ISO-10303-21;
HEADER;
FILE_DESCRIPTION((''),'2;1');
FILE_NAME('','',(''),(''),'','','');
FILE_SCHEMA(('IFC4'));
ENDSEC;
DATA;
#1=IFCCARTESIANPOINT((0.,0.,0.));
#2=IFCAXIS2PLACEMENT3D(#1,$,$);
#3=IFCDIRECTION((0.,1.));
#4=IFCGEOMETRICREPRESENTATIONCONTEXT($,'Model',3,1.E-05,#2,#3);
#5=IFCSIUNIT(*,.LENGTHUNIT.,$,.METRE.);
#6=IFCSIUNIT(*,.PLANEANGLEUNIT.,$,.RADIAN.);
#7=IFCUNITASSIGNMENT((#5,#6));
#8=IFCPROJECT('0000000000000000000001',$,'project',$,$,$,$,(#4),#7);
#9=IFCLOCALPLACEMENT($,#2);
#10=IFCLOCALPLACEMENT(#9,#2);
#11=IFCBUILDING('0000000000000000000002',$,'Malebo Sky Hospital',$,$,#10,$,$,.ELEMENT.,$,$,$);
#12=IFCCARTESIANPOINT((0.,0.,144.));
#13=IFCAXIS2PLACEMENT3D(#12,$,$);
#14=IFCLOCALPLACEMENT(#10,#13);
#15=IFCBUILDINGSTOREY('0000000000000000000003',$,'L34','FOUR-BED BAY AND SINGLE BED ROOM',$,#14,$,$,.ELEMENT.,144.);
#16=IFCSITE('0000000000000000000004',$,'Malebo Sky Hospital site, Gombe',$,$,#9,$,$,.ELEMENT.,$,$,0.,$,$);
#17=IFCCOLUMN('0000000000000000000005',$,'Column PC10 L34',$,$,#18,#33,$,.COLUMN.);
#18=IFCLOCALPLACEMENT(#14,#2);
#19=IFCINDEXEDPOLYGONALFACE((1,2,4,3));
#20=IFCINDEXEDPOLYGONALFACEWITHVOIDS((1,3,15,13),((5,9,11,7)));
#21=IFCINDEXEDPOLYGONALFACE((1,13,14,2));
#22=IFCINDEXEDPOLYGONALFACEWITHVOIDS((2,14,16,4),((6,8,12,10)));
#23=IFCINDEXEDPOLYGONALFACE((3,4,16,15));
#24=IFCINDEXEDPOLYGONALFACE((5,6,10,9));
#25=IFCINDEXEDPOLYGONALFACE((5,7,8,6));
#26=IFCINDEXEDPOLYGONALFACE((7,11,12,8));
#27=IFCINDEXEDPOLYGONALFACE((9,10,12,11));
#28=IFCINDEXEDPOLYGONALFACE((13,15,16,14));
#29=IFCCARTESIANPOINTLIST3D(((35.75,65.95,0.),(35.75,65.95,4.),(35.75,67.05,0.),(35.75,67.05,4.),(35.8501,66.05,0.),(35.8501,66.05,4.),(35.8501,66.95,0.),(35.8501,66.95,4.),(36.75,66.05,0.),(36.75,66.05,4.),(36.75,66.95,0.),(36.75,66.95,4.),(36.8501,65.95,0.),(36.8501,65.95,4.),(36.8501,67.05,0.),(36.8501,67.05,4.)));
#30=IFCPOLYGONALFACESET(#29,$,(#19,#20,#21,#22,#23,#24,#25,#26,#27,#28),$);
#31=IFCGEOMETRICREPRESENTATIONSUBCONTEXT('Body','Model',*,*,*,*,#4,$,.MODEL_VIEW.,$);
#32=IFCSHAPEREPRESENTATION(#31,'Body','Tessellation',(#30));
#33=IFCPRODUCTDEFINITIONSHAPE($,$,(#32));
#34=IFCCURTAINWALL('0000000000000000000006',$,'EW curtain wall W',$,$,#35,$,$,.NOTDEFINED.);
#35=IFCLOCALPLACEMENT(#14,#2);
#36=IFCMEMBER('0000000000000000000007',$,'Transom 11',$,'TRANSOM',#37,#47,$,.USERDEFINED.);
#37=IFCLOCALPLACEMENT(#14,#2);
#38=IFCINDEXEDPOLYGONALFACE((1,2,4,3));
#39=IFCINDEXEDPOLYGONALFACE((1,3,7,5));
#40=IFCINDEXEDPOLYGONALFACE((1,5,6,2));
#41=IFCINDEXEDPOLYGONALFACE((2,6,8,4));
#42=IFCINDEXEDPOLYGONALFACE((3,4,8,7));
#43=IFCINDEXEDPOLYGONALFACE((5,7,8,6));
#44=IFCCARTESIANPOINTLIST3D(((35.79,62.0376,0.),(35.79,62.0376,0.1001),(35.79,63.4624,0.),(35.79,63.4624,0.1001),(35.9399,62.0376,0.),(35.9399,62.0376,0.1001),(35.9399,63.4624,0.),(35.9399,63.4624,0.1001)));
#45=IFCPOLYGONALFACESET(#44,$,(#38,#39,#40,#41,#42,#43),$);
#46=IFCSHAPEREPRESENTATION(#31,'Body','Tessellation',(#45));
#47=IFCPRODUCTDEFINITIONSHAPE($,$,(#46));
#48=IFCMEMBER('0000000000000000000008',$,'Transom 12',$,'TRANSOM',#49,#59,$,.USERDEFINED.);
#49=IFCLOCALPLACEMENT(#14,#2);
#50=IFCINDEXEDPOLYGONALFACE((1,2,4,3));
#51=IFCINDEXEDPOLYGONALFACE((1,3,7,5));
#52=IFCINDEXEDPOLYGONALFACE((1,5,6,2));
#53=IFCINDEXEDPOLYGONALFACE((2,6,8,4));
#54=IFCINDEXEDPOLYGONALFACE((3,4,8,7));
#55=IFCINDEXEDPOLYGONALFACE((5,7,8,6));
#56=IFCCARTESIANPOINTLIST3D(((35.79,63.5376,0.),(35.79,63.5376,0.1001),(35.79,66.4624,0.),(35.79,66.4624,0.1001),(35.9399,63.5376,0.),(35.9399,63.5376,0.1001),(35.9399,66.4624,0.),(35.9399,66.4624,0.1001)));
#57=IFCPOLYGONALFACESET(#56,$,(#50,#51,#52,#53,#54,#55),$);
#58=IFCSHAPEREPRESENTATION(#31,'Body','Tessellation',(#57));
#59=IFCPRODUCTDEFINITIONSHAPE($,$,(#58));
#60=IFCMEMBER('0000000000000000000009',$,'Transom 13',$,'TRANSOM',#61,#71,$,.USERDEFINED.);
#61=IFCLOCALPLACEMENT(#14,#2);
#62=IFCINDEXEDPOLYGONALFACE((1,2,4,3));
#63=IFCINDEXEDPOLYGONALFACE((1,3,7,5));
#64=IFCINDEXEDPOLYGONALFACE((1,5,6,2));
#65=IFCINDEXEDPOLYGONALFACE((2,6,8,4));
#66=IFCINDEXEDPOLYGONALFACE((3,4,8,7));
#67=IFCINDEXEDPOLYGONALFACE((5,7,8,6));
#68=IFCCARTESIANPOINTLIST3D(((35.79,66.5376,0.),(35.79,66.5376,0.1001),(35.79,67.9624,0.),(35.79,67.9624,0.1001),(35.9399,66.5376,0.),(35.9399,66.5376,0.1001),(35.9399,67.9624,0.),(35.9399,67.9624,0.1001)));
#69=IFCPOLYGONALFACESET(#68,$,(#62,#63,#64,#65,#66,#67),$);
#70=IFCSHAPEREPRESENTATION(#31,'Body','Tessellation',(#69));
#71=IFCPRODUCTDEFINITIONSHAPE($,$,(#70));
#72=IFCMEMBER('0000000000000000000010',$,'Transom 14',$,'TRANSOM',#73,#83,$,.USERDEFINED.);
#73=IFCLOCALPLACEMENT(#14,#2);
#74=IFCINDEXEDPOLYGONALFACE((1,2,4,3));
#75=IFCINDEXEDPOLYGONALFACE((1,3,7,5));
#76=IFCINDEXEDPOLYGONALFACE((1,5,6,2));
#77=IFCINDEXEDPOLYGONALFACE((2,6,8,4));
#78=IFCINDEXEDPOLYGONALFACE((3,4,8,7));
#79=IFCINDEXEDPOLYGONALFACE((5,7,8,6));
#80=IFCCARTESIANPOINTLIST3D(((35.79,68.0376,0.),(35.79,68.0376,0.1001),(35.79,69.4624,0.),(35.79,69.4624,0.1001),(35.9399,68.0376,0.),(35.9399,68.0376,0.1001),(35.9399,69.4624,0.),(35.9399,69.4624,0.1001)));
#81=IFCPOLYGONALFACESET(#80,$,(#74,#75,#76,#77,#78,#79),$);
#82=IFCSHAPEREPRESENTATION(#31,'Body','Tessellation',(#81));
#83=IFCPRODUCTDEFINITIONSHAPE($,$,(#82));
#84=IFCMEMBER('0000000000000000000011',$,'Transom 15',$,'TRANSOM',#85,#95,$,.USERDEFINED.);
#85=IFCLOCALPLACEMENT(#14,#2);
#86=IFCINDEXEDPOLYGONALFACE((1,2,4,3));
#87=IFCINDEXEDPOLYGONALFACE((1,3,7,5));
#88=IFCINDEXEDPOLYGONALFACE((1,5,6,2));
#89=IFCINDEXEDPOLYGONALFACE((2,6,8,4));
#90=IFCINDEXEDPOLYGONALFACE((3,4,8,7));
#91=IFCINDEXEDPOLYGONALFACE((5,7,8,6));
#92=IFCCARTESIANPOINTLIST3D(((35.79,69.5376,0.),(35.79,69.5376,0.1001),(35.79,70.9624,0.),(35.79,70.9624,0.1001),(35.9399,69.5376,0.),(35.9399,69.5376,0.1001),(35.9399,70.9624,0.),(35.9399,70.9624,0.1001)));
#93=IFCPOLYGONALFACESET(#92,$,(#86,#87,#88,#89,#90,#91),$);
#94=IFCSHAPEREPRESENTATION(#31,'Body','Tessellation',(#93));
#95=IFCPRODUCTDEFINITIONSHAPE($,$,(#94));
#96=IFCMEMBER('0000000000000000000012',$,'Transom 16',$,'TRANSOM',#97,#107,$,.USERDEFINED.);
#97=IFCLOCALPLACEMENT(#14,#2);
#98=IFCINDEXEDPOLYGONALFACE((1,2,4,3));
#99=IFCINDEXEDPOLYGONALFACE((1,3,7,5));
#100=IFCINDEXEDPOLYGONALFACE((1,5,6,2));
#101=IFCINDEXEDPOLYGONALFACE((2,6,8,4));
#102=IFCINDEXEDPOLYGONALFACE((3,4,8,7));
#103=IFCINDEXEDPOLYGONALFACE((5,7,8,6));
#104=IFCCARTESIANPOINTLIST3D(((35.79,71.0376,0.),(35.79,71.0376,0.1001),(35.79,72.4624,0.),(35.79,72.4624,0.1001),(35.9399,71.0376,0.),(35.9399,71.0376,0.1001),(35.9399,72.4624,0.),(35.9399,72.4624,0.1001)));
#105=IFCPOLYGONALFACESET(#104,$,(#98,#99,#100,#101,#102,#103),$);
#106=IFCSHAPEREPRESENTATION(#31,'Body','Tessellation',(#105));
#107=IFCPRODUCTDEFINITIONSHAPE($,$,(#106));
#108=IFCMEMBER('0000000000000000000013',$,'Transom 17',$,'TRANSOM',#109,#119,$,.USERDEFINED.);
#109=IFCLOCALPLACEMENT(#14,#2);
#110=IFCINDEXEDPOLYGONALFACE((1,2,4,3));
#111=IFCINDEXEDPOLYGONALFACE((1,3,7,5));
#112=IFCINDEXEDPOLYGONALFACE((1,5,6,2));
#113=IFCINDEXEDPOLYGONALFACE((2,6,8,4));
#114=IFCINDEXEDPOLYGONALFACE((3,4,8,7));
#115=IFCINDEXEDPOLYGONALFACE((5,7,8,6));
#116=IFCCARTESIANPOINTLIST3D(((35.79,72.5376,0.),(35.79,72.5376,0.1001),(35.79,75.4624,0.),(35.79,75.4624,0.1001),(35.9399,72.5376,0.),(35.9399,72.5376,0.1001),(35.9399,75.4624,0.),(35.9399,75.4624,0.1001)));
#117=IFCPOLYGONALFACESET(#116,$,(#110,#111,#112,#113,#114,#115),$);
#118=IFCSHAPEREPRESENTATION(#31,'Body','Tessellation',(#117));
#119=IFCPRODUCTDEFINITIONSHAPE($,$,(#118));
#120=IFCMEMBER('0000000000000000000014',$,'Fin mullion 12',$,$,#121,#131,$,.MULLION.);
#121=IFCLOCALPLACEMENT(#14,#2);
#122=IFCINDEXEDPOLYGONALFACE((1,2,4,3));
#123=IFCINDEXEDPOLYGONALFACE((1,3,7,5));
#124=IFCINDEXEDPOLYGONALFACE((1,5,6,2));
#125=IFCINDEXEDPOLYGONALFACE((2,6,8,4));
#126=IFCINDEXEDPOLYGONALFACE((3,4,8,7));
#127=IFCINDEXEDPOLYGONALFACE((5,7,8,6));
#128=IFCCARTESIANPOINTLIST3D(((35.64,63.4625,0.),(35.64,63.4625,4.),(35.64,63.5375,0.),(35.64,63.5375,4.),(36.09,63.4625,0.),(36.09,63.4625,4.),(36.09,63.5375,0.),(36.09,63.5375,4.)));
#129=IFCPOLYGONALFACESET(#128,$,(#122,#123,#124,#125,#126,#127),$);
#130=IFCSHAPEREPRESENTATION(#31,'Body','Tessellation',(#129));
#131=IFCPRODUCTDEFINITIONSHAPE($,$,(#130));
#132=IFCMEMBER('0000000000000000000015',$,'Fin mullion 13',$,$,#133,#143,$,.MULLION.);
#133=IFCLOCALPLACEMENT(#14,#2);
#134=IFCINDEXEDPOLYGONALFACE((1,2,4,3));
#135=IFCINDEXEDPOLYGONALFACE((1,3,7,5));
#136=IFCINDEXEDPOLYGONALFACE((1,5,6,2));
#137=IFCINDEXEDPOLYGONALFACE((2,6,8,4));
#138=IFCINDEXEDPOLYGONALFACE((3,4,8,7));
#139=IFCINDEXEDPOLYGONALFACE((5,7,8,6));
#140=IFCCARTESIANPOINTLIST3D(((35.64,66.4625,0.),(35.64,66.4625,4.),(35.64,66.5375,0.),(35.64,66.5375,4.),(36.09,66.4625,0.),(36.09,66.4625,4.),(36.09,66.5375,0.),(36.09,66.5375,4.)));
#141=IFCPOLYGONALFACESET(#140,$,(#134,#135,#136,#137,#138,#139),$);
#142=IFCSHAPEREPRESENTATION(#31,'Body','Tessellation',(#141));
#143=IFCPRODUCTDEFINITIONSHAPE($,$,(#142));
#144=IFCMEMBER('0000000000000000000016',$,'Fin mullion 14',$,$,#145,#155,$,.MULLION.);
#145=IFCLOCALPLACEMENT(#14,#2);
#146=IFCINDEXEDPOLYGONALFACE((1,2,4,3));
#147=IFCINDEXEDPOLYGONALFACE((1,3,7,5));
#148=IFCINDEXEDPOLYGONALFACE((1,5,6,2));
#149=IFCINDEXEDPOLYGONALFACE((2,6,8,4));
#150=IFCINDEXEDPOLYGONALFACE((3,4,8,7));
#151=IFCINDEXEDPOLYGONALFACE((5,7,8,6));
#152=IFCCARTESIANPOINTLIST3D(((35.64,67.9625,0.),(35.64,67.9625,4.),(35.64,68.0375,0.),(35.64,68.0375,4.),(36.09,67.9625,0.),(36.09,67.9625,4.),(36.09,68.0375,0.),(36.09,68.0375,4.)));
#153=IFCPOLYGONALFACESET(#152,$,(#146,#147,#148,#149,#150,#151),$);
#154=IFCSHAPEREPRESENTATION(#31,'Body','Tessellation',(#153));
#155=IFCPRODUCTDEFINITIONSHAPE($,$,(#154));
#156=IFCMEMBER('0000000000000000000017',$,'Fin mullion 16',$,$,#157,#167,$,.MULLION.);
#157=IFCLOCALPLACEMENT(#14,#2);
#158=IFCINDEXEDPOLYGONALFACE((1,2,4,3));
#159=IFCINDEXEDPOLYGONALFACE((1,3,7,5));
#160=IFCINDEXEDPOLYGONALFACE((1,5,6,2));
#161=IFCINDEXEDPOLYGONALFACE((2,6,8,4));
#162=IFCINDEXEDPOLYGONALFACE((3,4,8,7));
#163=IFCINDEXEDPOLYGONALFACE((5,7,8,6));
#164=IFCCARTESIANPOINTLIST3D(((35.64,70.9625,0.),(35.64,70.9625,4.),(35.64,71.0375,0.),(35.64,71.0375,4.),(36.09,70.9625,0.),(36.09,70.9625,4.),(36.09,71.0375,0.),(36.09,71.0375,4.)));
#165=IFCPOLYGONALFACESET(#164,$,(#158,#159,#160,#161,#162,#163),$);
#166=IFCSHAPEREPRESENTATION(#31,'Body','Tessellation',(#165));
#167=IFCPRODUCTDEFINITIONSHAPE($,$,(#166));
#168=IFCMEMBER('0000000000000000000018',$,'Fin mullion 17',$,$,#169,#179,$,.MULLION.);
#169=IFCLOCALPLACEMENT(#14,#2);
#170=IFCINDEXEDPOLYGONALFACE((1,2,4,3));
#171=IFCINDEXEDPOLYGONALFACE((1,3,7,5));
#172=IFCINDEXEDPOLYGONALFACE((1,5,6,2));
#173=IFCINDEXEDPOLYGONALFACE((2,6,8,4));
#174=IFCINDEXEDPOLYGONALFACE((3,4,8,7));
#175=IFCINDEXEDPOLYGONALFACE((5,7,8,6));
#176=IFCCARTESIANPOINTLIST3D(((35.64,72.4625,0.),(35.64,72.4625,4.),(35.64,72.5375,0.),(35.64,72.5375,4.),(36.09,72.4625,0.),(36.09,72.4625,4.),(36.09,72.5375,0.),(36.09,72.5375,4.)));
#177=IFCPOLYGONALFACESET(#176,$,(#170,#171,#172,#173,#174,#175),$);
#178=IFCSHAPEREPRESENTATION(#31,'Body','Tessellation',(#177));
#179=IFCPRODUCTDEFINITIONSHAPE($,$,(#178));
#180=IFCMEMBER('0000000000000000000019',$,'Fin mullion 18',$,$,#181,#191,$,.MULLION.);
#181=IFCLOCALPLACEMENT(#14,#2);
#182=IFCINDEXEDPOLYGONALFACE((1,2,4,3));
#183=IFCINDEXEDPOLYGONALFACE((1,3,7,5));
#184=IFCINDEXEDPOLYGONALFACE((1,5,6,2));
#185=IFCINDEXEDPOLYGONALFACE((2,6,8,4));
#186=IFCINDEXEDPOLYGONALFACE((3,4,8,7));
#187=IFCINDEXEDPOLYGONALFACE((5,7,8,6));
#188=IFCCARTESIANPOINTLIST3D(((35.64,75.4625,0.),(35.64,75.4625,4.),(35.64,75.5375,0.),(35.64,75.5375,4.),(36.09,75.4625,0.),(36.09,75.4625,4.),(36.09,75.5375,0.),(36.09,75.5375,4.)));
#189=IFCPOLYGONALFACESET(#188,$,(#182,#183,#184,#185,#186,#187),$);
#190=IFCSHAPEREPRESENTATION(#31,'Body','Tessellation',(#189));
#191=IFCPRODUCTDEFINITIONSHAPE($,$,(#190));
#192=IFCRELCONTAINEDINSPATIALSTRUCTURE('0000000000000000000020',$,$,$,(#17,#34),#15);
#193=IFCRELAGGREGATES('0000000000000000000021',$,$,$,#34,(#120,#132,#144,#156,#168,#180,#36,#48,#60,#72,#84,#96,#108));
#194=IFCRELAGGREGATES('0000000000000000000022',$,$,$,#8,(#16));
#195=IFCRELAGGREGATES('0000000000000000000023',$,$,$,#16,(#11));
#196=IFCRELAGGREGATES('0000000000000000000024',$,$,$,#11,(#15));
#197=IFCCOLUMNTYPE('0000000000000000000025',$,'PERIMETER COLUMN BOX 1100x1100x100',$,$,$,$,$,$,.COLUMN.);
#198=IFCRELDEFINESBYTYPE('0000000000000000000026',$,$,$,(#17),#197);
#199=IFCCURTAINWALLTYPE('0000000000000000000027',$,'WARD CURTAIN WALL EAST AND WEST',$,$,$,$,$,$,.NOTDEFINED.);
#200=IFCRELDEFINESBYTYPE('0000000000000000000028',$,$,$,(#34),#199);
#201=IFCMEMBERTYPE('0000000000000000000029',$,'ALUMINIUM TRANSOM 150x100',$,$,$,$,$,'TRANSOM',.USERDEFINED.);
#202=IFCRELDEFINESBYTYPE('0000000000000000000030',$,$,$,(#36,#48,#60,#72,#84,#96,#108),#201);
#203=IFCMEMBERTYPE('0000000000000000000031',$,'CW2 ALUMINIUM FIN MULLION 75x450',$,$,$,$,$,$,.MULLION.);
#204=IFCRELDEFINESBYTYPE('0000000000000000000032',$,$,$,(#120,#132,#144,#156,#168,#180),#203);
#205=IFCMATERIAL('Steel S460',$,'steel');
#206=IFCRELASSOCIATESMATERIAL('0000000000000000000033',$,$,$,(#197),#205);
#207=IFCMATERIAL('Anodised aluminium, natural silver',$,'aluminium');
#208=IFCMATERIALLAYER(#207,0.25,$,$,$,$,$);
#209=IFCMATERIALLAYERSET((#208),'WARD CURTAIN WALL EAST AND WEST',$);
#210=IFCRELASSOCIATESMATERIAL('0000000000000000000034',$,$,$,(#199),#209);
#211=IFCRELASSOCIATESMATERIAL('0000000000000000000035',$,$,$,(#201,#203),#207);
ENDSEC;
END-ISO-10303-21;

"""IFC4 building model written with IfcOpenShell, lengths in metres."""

from ifc_helpers import new_model, si_unit, direction, frame, origin, origin_2d, place, context, subcontext, project, spatial, rectangle, hollow_rectangle, extrude, material, layer, layer_set, material_profile, profile_set, type_object, element, aggregate, save


model = new_model("IFC4")

# Units and contexts
model_context = context("Model", 3, precision=1e-05, world=origin(), true_north=direction((0.0, 1.0)))
body_context = subcontext(model_context, "Body", "Model", "MODEL_VIEW")
ifc_project = project(units=[si_unit("LENGTHUNIT", "METRE"), si_unit("PLANEANGLEUNIT", "RADIAN")], contexts=[model_context])

# Site, building, storey
site_placement = place(None, origin())
site = spatial("IfcSite", under=ifc_project, at=site_placement, Name="Malebo Sky Hospital site, Gombe", CompositionType="ELEMENT", RefElevation=0.0)
building_placement = place(site_placement, origin())
building = spatial("IfcBuilding", under=site, at=building_placement, Name="Malebo Sky Hospital", CompositionType="ELEMENT")
storey_placement = place(building_placement, frame((0.0, 0.0, 144.0)))
storey = spatial("IfcBuildingStorey", under=building, at=storey_placement, Name="L34", Description="FOUR-BED BAY AND SINGLE BED ROOM", CompositionType="ELEMENT", Elevation=144.0)

# Column
ifc_material_1 = material(Name="Steel S460", Category="steel")
ifc_material_profile_1 = material_profile(ifc_material_1, hollow_rectangle(XDim=1.1001, YDim=1.1001, WallThickness=0.1001, at=origin_2d()), Name="BOX 1100x1100x100")
ifc_profile_set_1 = profile_set([ifc_material_profile_1], Name="Steel S460")
column_type = type_object("IfcColumnType", Name="PERIMETER COLUMN BOX 1100x1100x100", PredefinedType="COLUMN", material=ifc_profile_set_1)
column_placement = place(storey_placement, frame((36.3, 66.5, 0.0), z_axis=(0.0, 0.0, 1.0), x_axis=(1.0, 0.0, 0.0)))
element("IfcColumn", 1, at=column_placement, inside=storey, type_object=column_type, Name="Column PC10 L34", PredefinedType="COLUMN", context=body_context, shape_type="SweptSolid", body=[
    extrude(hollow_rectangle(XDim=1.1001, YDim=1.1001, WallThickness=0.1001, at=origin_2d()), origin(), (0.0, 0.0, 1.0), 4.0),
])

# Curtain wall, members
ifc_material_2 = material(Name="Anodised aluminium, natural silver", Category="aluminium")
ifc_layer_1 = layer(ifc_material_2, 0.25)
ifc_layer_set_1 = layer_set([ifc_layer_1], Name="WARD CURTAIN WALL EAST AND WEST")
curtain_wall_type = type_object("IfcCurtainWallType", Name="WARD CURTAIN WALL EAST AND WEST", PredefinedType="NOTDEFINED", material=ifc_layer_set_1)
curtain_wall_placement = place(storey_placement, origin())
curtain_wall = element("IfcCurtainWall", 2, at=curtain_wall_placement, inside=storey, type_object=curtain_wall_type, Name="EW curtain wall W", PredefinedType="NOTDEFINED")
ifc_material_profile_2 = material_profile(ifc_material_2, rectangle(XDim=0.1499, YDim=0.1001, at=origin_2d()), Name="ALUMINIUM TRANSOM 150x100")
ifc_profile_set_2 = profile_set([ifc_material_profile_2], Name="Anodised aluminium, natural silver")
member_type_1 = type_object("IfcMemberType", Name="ALUMINIUM TRANSOM 150x100", ElementType="TRANSOM", PredefinedType="USERDEFINED", material=ifc_profile_set_2)
member_1_placement = place(storey_placement, frame((35.865, 62.0376, 0.05), z_axis=(0.0, 1.0, 0.0), x_axis=(-1.0, 0.0, 0.0)))
member_1 = element("IfcMember", 3, at=member_1_placement, type_object=member_type_1, Name="Transom 11", ObjectType="TRANSOM", PredefinedType="USERDEFINED", context=body_context, shape_type="SweptSolid", body=[
    extrude(rectangle(XDim=0.1499, YDim=0.1001, at=origin_2d()), origin(), (0.0, 0.0, 1.0), 1.4248),
])
member_2_placement = place(storey_placement, frame((35.865, 63.5376, 0.05), z_axis=(0.0, 1.0, 0.0), x_axis=(-1.0, 0.0, 0.0)))
member_2 = element("IfcMember", 4, at=member_2_placement, type_object=member_type_1, Name="Transom 12", ObjectType="TRANSOM", PredefinedType="USERDEFINED", context=body_context, shape_type="SweptSolid", body=[
    extrude(rectangle(XDim=0.1499, YDim=0.1001, at=origin_2d()), origin(), (0.0, 0.0, 1.0), 2.9248),
])
member_3_placement = place(storey_placement, frame((35.865, 66.5376, 0.05), z_axis=(0.0, 1.0, 0.0), x_axis=(-1.0, 0.0, 0.0)))
member_3 = element("IfcMember", 5, at=member_3_placement, type_object=member_type_1, Name="Transom 13", ObjectType="TRANSOM", PredefinedType="USERDEFINED", context=body_context, shape_type="SweptSolid", body=[
    extrude(rectangle(XDim=0.1499, YDim=0.1001, at=origin_2d()), origin(), (0.0, 0.0, 1.0), 1.4248),
])
member_4_placement = place(storey_placement, frame((35.865, 68.0376, 0.05), z_axis=(0.0, 1.0, 0.0), x_axis=(-1.0, 0.0, 0.0)))
member_4 = element("IfcMember", 6, at=member_4_placement, type_object=member_type_1, Name="Transom 14", ObjectType="TRANSOM", PredefinedType="USERDEFINED", context=body_context, shape_type="SweptSolid", body=[
    extrude(rectangle(XDim=0.1499, YDim=0.1001, at=origin_2d()), origin(), (0.0, 0.0, 1.0), 1.4248),
])
member_5_placement = place(storey_placement, frame((35.865, 69.5376, 0.05), z_axis=(0.0, 1.0, 0.0), x_axis=(-1.0, 0.0, 0.0)))
member_5 = element("IfcMember", 7, at=member_5_placement, type_object=member_type_1, Name="Transom 15", ObjectType="TRANSOM", PredefinedType="USERDEFINED", context=body_context, shape_type="SweptSolid", body=[
    extrude(rectangle(XDim=0.1499, YDim=0.1001, at=origin_2d()), origin(), (0.0, 0.0, 1.0), 1.4248),
])
member_6_placement = place(storey_placement, frame((35.865, 71.0376, 0.05), z_axis=(0.0, 1.0, 0.0), x_axis=(-1.0, 0.0, 0.0)))
member_6 = element("IfcMember", 8, at=member_6_placement, type_object=member_type_1, Name="Transom 16", ObjectType="TRANSOM", PredefinedType="USERDEFINED", context=body_context, shape_type="SweptSolid", body=[
    extrude(rectangle(XDim=0.1499, YDim=0.1001, at=origin_2d()), origin(), (0.0, 0.0, 1.0), 1.4248),
])
member_7_placement = place(storey_placement, frame((35.865, 72.5376, 0.05), z_axis=(0.0, 1.0, 0.0), x_axis=(-1.0, 0.0, 0.0)))
member_7 = element("IfcMember", 9, at=member_7_placement, type_object=member_type_1, Name="Transom 17", ObjectType="TRANSOM", PredefinedType="USERDEFINED", context=body_context, shape_type="SweptSolid", body=[
    extrude(rectangle(XDim=0.1499, YDim=0.1001, at=origin_2d()), origin(), (0.0, 0.0, 1.0), 2.9248),
])
ifc_material_profile_3 = material_profile(ifc_material_2, rectangle(XDim=0.075, YDim=0.45, at=origin_2d()), Name="CW2 ALUMINIUM FIN MULLION 75x450")
ifc_profile_set_3 = profile_set([ifc_material_profile_3], Name="Anodised aluminium, natural silver")
member_type_2 = type_object("IfcMemberType", Name="CW2 ALUMINIUM FIN MULLION 75x450", PredefinedType="MULLION", material=ifc_profile_set_3)
member_8_placement = place(storey_placement, frame((35.865, 63.5, 0.0), z_axis=(0.0, 0.0, 1.0), x_axis=(0.0, 1.0, 0.0)))
member_8 = element("IfcMember", 10, at=member_8_placement, type_object=member_type_2, Name="Fin mullion 12", PredefinedType="MULLION", context=body_context, shape_type="SweptSolid", body=[
    extrude(rectangle(XDim=0.075, YDim=0.45, at=origin_2d()), origin(), (0.0, 0.0, 1.0), 4.0),
])
member_9_placement = place(storey_placement, frame((35.865, 66.5, 0.0), z_axis=(0.0, 0.0, 1.0), x_axis=(0.0, 1.0, 0.0)))
member_9 = element("IfcMember", 11, at=member_9_placement, type_object=member_type_2, Name="Fin mullion 13", PredefinedType="MULLION", context=body_context, shape_type="SweptSolid", body=[
    extrude(rectangle(XDim=0.075, YDim=0.45, at=origin_2d()), origin(), (0.0, 0.0, 1.0), 4.0),
])
member_10_placement = place(storey_placement, frame((35.865, 68.0, 0.0), z_axis=(0.0, 0.0, 1.0), x_axis=(0.0, 1.0, 0.0)))
member_10 = element("IfcMember", 12, at=member_10_placement, type_object=member_type_2, Name="Fin mullion 14", PredefinedType="MULLION", context=body_context, shape_type="SweptSolid", body=[
    extrude(rectangle(XDim=0.075, YDim=0.45, at=origin_2d()), origin(), (0.0, 0.0, 1.0), 4.0),
])
member_11_placement = place(storey_placement, frame((35.865, 71.0, 0.0), z_axis=(0.0, 0.0, 1.0), x_axis=(0.0, 1.0, 0.0)))
member_11 = element("IfcMember", 13, at=member_11_placement, type_object=member_type_2, Name="Fin mullion 16", PredefinedType="MULLION", context=body_context, shape_type="SweptSolid", body=[
    extrude(rectangle(XDim=0.075, YDim=0.45, at=origin_2d()), origin(), (0.0, 0.0, 1.0), 4.0),
])
member_12_placement = place(storey_placement, frame((35.865, 72.5, 0.0), z_axis=(0.0, 0.0, 1.0), x_axis=(0.0, 1.0, 0.0)))
member_12 = element("IfcMember", 14, at=member_12_placement, type_object=member_type_2, Name="Fin mullion 17", PredefinedType="MULLION", context=body_context, shape_type="SweptSolid", body=[
    extrude(rectangle(XDim=0.075, YDim=0.45, at=origin_2d()), origin(), (0.0, 0.0, 1.0), 4.0),
])
member_13_placement = place(storey_placement, frame((35.865, 75.5, 0.0), z_axis=(0.0, 0.0, 1.0), x_axis=(0.0, 1.0, 0.0)))
member_13 = element("IfcMember", 15, at=member_13_placement, type_object=member_type_2, Name="Fin mullion 18", PredefinedType="MULLION", context=body_context, shape_type="SweptSolid", body=[
    extrude(rectangle(XDim=0.075, YDim=0.45, at=origin_2d()), origin(), (0.0, 0.0, 1.0), 4.0),
])

aggregate(curtain_wall, [member_8, member_9, member_10, member_11, member_12, member_13, member_1, member_2, member_3, member_4, member_5, member_6, member_7])

save(model, "model.ifc")
